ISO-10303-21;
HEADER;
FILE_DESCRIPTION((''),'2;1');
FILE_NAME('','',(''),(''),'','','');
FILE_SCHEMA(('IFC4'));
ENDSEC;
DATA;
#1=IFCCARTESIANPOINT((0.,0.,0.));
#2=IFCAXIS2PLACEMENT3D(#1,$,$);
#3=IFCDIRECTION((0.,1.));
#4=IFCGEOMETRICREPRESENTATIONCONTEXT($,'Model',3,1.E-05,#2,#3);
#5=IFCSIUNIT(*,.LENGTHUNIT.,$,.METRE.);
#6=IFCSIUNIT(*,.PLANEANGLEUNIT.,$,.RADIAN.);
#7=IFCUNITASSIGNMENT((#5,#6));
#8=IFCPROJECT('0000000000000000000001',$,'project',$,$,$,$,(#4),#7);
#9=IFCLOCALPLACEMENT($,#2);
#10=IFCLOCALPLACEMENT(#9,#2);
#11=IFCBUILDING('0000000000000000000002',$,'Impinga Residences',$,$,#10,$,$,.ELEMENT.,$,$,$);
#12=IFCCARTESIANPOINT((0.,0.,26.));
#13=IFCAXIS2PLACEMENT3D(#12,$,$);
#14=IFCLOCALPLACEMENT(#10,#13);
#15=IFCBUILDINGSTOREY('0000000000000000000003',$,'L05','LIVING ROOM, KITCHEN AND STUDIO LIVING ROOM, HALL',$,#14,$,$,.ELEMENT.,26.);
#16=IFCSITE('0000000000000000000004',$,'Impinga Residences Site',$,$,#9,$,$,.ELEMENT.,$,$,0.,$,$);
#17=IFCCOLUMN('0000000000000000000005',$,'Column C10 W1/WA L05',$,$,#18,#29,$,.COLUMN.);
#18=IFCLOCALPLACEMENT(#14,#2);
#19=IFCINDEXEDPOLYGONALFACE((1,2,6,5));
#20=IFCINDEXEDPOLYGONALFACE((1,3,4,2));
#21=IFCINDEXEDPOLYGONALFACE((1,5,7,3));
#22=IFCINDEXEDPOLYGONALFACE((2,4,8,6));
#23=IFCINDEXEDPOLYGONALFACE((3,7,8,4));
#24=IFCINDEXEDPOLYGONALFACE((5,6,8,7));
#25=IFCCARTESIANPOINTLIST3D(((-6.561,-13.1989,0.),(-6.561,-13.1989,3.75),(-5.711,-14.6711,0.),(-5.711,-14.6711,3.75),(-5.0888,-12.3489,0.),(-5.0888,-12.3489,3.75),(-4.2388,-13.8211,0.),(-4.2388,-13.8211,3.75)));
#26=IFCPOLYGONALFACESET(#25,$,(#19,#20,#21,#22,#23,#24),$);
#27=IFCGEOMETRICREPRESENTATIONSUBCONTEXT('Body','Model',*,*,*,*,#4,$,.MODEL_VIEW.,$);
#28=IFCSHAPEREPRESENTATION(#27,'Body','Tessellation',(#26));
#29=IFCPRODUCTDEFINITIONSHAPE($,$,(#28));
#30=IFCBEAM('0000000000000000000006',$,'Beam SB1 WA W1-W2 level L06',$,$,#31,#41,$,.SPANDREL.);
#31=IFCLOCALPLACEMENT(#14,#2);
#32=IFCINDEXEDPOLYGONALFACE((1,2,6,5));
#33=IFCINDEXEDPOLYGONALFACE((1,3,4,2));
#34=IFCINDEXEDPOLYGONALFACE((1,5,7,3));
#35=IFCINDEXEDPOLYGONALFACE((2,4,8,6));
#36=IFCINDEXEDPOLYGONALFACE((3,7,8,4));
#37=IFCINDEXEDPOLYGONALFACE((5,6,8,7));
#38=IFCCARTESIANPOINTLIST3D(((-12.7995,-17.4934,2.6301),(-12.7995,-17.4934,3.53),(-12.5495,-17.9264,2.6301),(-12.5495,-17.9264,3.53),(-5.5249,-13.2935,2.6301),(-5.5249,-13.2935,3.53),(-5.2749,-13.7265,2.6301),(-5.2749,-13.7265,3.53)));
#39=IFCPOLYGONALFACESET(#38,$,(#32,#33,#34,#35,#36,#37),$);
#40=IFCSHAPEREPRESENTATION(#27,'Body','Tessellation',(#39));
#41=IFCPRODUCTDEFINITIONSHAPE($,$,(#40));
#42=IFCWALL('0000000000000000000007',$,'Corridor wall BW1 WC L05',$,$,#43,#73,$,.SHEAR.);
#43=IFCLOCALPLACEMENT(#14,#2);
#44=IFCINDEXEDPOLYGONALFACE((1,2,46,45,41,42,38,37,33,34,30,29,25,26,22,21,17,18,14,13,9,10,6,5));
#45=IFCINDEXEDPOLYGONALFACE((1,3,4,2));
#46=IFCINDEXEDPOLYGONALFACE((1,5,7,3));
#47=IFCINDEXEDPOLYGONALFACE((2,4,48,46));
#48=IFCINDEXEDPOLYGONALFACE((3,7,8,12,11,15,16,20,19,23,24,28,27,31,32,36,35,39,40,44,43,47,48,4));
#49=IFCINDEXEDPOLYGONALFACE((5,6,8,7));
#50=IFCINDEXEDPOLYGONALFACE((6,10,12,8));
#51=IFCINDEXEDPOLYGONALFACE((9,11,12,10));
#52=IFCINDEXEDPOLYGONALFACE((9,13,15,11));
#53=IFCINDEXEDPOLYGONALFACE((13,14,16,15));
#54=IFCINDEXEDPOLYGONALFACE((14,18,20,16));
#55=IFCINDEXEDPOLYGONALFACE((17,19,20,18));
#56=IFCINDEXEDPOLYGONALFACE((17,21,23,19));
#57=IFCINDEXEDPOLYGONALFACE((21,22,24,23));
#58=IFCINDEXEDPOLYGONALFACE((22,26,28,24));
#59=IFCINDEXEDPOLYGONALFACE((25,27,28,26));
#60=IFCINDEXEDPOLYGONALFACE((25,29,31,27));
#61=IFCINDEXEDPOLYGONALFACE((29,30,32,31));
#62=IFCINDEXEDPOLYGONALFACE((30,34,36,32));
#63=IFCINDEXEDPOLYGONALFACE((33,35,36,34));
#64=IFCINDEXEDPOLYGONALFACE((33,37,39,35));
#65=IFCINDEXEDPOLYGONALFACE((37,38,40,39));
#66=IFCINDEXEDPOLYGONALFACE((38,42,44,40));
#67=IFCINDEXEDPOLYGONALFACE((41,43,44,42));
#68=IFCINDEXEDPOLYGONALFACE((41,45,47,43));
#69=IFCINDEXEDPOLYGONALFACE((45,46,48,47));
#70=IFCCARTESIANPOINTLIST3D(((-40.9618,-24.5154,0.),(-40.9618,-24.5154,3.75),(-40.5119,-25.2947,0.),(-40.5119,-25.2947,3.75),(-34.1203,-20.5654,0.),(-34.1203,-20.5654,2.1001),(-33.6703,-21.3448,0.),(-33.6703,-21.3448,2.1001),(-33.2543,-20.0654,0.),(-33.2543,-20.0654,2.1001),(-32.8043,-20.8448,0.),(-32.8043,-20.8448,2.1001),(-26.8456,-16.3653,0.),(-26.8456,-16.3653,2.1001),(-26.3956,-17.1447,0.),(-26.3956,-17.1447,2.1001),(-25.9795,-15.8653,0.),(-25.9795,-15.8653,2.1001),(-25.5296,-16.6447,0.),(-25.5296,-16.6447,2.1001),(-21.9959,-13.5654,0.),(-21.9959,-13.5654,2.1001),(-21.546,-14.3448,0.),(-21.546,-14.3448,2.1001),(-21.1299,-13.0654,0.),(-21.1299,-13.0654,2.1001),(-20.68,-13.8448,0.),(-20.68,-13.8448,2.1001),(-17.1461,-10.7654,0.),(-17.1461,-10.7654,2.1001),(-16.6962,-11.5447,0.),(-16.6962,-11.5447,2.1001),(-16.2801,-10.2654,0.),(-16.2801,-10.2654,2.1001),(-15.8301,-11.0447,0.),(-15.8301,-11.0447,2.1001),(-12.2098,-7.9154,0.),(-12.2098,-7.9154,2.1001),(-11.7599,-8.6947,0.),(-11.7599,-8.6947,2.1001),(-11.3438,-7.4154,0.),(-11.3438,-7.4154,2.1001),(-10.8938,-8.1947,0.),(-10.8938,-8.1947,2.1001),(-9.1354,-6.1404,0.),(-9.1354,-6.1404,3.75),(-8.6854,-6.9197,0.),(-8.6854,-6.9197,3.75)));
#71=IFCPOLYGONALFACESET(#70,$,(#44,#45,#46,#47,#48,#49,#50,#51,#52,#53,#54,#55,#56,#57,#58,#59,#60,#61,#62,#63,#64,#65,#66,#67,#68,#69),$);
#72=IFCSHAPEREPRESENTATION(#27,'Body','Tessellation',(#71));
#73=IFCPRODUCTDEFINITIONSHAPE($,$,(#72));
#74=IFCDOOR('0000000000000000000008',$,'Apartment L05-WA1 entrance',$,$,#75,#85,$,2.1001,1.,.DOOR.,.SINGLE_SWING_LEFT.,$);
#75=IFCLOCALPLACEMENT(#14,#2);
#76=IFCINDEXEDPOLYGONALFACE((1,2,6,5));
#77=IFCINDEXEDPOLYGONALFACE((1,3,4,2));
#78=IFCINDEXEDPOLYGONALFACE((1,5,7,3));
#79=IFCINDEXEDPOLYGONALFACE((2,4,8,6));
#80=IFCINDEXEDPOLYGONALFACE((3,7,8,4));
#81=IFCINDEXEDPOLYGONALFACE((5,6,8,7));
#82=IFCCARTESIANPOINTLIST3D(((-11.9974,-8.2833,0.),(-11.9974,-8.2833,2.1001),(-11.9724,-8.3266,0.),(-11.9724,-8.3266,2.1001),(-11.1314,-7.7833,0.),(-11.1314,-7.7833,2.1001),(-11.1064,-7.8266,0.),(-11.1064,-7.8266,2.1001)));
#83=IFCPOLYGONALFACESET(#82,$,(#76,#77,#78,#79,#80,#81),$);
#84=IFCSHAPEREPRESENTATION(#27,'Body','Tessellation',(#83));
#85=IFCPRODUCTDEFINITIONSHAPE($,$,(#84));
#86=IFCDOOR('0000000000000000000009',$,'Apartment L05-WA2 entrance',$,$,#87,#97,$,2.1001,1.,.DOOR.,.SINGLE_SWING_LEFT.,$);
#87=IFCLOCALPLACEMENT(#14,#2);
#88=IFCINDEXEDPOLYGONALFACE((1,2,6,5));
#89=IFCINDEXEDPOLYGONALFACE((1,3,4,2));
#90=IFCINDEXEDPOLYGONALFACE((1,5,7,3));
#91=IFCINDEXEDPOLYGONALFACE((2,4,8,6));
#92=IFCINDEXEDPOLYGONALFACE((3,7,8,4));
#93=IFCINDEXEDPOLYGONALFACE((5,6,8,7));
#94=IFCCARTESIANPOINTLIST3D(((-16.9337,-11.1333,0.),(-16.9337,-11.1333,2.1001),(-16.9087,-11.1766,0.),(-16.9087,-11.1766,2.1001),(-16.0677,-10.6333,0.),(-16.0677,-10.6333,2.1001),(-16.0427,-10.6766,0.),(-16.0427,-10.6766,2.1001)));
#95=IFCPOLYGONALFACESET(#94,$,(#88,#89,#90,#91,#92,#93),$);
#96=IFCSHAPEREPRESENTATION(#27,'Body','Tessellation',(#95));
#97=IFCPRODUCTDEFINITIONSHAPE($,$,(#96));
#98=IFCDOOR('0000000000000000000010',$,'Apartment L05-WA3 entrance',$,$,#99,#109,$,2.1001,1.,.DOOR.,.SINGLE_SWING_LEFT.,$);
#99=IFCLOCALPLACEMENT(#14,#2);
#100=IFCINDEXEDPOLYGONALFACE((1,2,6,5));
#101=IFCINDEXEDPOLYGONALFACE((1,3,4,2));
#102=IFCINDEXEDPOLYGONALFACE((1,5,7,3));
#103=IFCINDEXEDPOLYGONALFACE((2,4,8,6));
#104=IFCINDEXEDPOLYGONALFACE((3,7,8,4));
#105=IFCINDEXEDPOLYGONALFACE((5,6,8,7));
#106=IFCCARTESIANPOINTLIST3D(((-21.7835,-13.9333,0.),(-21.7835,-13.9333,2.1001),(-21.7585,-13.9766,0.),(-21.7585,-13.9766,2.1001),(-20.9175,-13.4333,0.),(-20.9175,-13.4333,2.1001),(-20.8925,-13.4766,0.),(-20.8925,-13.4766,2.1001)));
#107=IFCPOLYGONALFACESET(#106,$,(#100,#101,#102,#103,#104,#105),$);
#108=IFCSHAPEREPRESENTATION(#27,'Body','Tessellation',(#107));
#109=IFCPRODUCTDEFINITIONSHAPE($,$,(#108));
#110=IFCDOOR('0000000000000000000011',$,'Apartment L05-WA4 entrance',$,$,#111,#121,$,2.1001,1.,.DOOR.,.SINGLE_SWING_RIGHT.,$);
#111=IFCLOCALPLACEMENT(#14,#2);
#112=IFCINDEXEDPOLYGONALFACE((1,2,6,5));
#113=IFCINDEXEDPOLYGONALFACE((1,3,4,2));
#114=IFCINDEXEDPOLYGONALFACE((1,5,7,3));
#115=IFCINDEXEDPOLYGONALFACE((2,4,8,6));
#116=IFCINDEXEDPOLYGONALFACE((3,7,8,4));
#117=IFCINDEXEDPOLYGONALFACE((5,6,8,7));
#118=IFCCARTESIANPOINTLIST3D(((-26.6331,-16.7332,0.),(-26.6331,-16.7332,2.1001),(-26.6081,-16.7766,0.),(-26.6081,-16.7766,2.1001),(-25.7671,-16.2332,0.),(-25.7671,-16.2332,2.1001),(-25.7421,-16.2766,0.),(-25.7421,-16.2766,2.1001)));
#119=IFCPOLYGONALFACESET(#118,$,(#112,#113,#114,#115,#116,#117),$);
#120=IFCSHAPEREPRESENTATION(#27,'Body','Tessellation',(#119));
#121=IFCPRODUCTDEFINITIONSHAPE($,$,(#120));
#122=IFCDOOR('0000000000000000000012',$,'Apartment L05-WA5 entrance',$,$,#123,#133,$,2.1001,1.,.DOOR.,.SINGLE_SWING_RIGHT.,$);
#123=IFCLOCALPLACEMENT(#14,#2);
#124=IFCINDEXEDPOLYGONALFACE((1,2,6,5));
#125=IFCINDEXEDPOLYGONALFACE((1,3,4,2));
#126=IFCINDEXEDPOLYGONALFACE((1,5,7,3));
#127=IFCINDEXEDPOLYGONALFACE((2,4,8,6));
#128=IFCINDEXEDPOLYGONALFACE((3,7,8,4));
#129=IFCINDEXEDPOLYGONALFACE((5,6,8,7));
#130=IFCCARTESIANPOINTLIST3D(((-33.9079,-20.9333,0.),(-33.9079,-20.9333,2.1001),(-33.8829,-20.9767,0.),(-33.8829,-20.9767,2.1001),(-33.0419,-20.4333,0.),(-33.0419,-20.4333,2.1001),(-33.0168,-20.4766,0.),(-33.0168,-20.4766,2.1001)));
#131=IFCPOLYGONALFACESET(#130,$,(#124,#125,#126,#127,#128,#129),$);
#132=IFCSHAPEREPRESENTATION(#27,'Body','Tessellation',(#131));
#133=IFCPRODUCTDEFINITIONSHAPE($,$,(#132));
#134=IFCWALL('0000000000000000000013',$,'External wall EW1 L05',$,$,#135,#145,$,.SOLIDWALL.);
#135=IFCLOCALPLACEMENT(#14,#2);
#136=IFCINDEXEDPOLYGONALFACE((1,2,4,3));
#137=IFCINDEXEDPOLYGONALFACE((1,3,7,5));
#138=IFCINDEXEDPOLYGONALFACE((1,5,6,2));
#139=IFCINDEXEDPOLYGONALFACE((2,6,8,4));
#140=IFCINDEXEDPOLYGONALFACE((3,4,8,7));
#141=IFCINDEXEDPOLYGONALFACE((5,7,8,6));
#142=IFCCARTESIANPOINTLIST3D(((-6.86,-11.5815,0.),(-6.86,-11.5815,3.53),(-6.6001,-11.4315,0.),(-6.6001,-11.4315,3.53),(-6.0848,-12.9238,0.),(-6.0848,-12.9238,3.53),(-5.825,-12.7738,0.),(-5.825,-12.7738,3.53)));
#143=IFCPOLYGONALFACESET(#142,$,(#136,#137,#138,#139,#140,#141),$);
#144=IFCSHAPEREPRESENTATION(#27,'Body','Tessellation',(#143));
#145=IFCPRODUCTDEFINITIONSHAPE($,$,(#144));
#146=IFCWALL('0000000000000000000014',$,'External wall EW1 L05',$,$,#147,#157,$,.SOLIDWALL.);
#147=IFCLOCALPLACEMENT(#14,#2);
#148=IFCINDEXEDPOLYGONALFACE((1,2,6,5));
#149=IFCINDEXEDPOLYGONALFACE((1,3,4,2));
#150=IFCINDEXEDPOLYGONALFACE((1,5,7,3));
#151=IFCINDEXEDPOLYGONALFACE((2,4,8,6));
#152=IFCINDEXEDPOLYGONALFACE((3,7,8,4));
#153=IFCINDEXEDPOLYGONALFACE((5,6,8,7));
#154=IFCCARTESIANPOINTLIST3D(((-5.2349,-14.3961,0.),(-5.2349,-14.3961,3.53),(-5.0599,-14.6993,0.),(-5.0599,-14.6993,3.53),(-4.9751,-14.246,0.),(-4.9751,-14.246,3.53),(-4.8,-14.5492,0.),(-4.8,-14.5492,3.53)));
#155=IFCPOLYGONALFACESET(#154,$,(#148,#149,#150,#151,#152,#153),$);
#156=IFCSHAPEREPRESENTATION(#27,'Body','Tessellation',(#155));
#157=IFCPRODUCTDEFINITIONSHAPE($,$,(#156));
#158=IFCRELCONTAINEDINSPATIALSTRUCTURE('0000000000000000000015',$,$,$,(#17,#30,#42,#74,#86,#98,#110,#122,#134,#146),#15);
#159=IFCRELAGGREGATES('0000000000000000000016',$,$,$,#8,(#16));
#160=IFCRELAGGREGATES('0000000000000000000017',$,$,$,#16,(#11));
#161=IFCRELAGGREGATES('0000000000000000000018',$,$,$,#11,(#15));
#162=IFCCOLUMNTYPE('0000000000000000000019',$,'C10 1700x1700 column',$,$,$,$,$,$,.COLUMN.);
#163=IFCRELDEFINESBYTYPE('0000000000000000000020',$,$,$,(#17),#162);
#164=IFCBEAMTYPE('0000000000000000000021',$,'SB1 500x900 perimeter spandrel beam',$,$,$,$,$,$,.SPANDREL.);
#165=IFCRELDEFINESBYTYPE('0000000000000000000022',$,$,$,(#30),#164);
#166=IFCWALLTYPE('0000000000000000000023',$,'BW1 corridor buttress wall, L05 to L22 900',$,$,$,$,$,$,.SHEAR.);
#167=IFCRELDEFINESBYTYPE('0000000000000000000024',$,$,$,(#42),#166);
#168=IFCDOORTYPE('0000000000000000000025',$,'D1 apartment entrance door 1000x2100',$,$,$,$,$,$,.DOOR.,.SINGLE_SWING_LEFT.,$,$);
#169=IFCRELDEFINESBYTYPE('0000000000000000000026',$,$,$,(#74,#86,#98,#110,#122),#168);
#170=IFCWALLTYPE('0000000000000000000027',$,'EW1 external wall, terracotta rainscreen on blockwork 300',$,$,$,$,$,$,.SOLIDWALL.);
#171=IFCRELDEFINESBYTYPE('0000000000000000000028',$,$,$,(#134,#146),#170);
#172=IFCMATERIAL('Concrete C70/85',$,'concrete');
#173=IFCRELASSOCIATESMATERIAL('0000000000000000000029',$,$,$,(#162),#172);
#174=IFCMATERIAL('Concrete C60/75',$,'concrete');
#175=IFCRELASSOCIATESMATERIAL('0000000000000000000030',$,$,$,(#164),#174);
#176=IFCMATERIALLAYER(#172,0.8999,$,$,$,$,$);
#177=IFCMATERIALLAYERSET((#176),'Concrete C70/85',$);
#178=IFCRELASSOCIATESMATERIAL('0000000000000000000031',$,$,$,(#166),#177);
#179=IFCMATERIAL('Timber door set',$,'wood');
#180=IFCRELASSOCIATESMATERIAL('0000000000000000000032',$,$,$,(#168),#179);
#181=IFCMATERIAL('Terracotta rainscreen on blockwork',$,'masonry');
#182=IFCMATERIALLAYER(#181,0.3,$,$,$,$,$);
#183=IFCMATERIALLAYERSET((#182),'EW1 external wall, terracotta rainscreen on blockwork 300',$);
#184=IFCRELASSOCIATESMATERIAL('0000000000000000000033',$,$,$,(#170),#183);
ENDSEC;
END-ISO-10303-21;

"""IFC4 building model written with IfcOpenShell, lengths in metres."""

from ifc_helpers import new_model, si_unit, direction, frame, frame_2d, origin, origin_2d, place, context, subcontext, project, spatial, rectangle, extrude, material, layer, layer_set, material_profile, profile_set, type_object, element, fill, save


model = new_model("IFC4")

# Units and contexts
model_context = context("Model", 3, precision=1e-05, world=origin(), true_north=direction((0.0, 1.0)))
body_context = subcontext(model_context, "Body", "Model", "MODEL_VIEW")
ifc_project = project(units=[si_unit("LENGTHUNIT", "METRE"), si_unit("PLANEANGLEUNIT", "RADIAN")], contexts=[model_context])

# Site, building, storey
site_placement = place(None, origin())
site = spatial("IfcSite", under=ifc_project, at=site_placement, Name="Impinga Residences Site", CompositionType="ELEMENT", RefElevation=0.0)
building_placement = place(site_placement, origin())
building = spatial("IfcBuilding", under=site, at=building_placement, Name="Impinga Residences", CompositionType="ELEMENT")
storey_placement = place(building_placement, frame((0.0, 0.0, 26.0)))
storey = spatial("IfcBuildingStorey", under=building, at=storey_placement, Name="L05", Description="LIVING ROOM, KITCHEN AND STUDIO LIVING ROOM, HALL", CompositionType="ELEMENT", Elevation=26.0)

# Column
ifc_material_1 = material(Name="Concrete C70/85", Category="concrete")
ifc_material_profile_1 = material_profile(ifc_material_1, rectangle(XDim=1.7, YDim=1.7, at=origin_2d()), Name="RC 1700x1700")
ifc_profile_set_1 = profile_set([ifc_material_profile_1], Name="Concrete C70/85")
column_type = type_object("IfcColumnType", Name="C10 1700x1700 column", PredefinedType="COLUMN", material=ifc_profile_set_1)
column_placement = place(storey_placement, frame((-5.3999, -13.51, 0.0), z_axis=(0.0, 0.0, 1.0), x_axis=(-0.5, 0.866025, 0.0)))
element("IfcColumn", 1, at=column_placement, inside=storey, type_object=column_type, Name="Column C10 W1/WA L05", PredefinedType="COLUMN", context=body_context, shape_type="SweptSolid", body=[
    extrude(rectangle(XDim=1.7, YDim=1.7, at=origin_2d()), origin(), (0.0, 0.0, 1.0), 3.75),
])

# Beam
ifc_material_2 = material(Name="Concrete C60/75", Category="concrete")
ifc_material_profile_2 = material_profile(ifc_material_2, rectangle(XDim=0.5, YDim=0.8999, at=origin_2d()), Name="RC 500x900")
ifc_profile_set_2 = profile_set([ifc_material_profile_2], Name="Concrete C60/75")
beam_type = type_object("IfcBeamType", Name="SB1 500x900 perimeter spandrel beam", PredefinedType="SPANDREL", material=ifc_profile_set_2)
beam_placement = place(storey_placement, frame((-5.3999, -13.51, 3.0801), z_axis=(-0.866029, -0.499993, 0.0), x_axis=(0.499993, -0.866029, 0.0)))
element("IfcBeam", 2, at=beam_placement, inside=storey, type_object=beam_type, Name="Beam SB1 WA W1-W2 level L06", PredefinedType="SPANDREL", context=body_context, shape_type="SweptSolid", body=[
    extrude(rectangle(XDim=0.5, YDim=0.8999, at=origin_2d()), origin(), (0.0, 0.0, 1.0), 8.3999),
])

# Wall, openings, doors
ifc_layer_1 = layer(ifc_material_1, 0.8999)
ifc_layer_set_1 = layer_set([ifc_layer_1], Name="Concrete C70/85")
wall_type_1 = type_object("IfcWallType", Name="BW1 corridor buttress wall, L05 to L22 900", PredefinedType="SHEAR", material=ifc_layer_set_1)
wall_1_placement = place(storey_placement, frame((-8.9104, -6.53, 0.0), z_axis=(0.0, 0.0, 1.0), x_axis=(-0.866025, -0.5, 0.0)))
wall_1 = element("IfcWall", 3, at=wall_1_placement, inside=storey, type_object=wall_type_1, Name="Corridor wall BW1 WC L05", PredefinedType="SHEAR", context=body_context, shape_type="SweptSolid", body=[
    extrude(rectangle(XDim=36.75, YDim=0.8999, at=frame_2d((18.375, 0.0))), origin(), (0.0, 0.0, 1.0), 3.75),
])
opening_1_placement = place(wall_1_placement, frame((2.55, 0.0, 0.0)))
opening_1 = element("IfcOpeningElement", 4, at=opening_1_placement, cuts=wall_1, PredefinedType="OPENING", context=body_context, shape_type="SweptSolid", body=[
    extrude(rectangle(XDim=1.0, YDim=2.1001, at=frame_2d((0.5, 1.05))), frame((0.0, 0.46, 0.0), z_axis=(0.0, -1.0, 0.0), x_axis=(1.0, 0.0, 0.0)), (0.0, 0.0, 1.0), 0.9199),
])
opening_2_placement = place(wall_1_placement, frame((8.25, 0.0, 0.0)))
opening_2 = element("IfcOpeningElement", 5, at=opening_2_placement, cuts=wall_1, PredefinedType="OPENING", context=body_context, shape_type="SweptSolid", body=[
    extrude(rectangle(XDim=1.0, YDim=2.1001, at=frame_2d((0.5, 1.05))), frame((0.0, 0.46, 0.0), z_axis=(0.0, -1.0, 0.0), x_axis=(1.0, 0.0, 0.0)), (0.0, 0.0, 1.0), 0.9199),
])
opening_3_placement = place(wall_1_placement, frame((13.8501, 0.0, 0.0)))
opening_3 = element("IfcOpeningElement", 6, at=opening_3_placement, cuts=wall_1, PredefinedType="OPENING", context=body_context, shape_type="SweptSolid", body=[
    extrude(rectangle(XDim=1.0, YDim=2.1001, at=frame_2d((0.5, 1.05))), frame((0.0, 0.46, 0.0), z_axis=(0.0, -1.0, 0.0), x_axis=(1.0, 0.0, 0.0)), (0.0, 0.0, 1.0), 0.9199),
])
opening_4_placement = place(wall_1_placement, frame((19.45, 0.0, 0.0)))
opening_4 = element("IfcOpeningElement", 7, at=opening_4_placement, cuts=wall_1, PredefinedType="OPENING", context=body_context, shape_type="SweptSolid", body=[
    extrude(rectangle(XDim=1.0, YDim=2.1001, at=frame_2d((0.5, 1.05))), frame((0.0, 0.46, 0.0), z_axis=(0.0, -1.0, 0.0), x_axis=(1.0, 0.0, 0.0)), (0.0, 0.0, 1.0), 0.9199),
])
opening_5_placement = place(wall_1_placement, frame((27.8501, 0.0, 0.0)))
opening_5 = element("IfcOpeningElement", 8, at=opening_5_placement, cuts=wall_1, PredefinedType="OPENING", context=body_context, shape_type="SweptSolid", body=[
    extrude(rectangle(XDim=1.0, YDim=2.1001, at=frame_2d((0.5, 1.05))), frame((0.0, 0.46, 0.0), z_axis=(0.0, -1.0, 0.0), x_axis=(1.0, 0.0, 0.0)), (0.0, 0.0, 1.0), 0.9199),
])
ifc_material_3 = material(Name="Timber door set", Category="wood")
door_type_1 = type_object("IfcDoorType", Name="D1 apartment entrance door 1000x2100", OperationType="SINGLE_SWING_LEFT", PredefinedType="DOOR", material=ifc_material_3)
door_1_placement = place(opening_1_placement, origin())
door_1 = element("IfcDoor", 9, at=door_1_placement, inside=storey, type_object=door_type_1, Name="Apartment L05-WA1 entrance", OperationType="SINGLE_SWING_LEFT", OverallHeight=2.1001, OverallWidth=1.0, PredefinedType="DOOR", context=body_context, shape_type="SweptSolid", body=[
    extrude(rectangle(XDim=1.0, YDim=2.1001, at=frame_2d((0.5, 1.05))), frame((0.0, 0.0249, 0.0), z_axis=(0.0, -1.0, 0.0), x_axis=(1.0, 0.0, 0.0)), (0.0, 0.0, 1.0), 0.05),
])
fill(opening_1, door_1)
door_2_placement = place(opening_2_placement, origin())
door_2 = element("IfcDoor", 10, at=door_2_placement, inside=storey, type_object=door_type_1, Name="Apartment L05-WA2 entrance", OperationType="SINGLE_SWING_LEFT", OverallHeight=2.1001, OverallWidth=1.0, PredefinedType="DOOR", context=body_context, shape_type="SweptSolid", body=[
    extrude(rectangle(XDim=1.0, YDim=2.1001, at=frame_2d((0.5, 1.05))), frame((0.0, 0.0249, 0.0), z_axis=(0.0, -1.0, 0.0), x_axis=(1.0, 0.0, 0.0)), (0.0, 0.0, 1.0), 0.05),
])
fill(opening_2, door_2)
door_3_placement = place(opening_3_placement, origin())
door_3 = element("IfcDoor", 11, at=door_3_placement, inside=storey, type_object=door_type_1, Name="Apartment L05-WA3 entrance", OperationType="SINGLE_SWING_LEFT", OverallHeight=2.1001, OverallWidth=1.0, PredefinedType="DOOR", context=body_context, shape_type="SweptSolid", body=[
    extrude(rectangle(XDim=1.0, YDim=2.1001, at=frame_2d((0.5, 1.05))), frame((0.0, 0.0249, 0.0), z_axis=(0.0, -1.0, 0.0), x_axis=(1.0, 0.0, 0.0)), (0.0, 0.0, 1.0), 0.05),
])
fill(opening_3, door_3)
door_4_placement = place(opening_4_placement, origin())
door_4 = element("IfcDoor", 12, at=door_4_placement, inside=storey, type_object=door_type_1, Name="Apartment L05-WA4 entrance", OperationType="SINGLE_SWING_RIGHT", OverallHeight=2.1001, OverallWidth=1.0, PredefinedType="DOOR", context=body_context, shape_type="SweptSolid", body=[
    extrude(rectangle(XDim=1.0, YDim=2.1001, at=frame_2d((0.5, 1.05))), frame((0.0, 0.0249, 0.0), z_axis=(0.0, -1.0, 0.0), x_axis=(1.0, 0.0, 0.0)), (0.0, 0.0, 1.0), 0.05),
])
fill(opening_4, door_4)
door_5_placement = place(opening_5_placement, origin())
door_5 = element("IfcDoor", 13, at=door_5_placement, inside=storey, type_object=door_type_1, Name="Apartment L05-WA5 entrance", OperationType="SINGLE_SWING_RIGHT", OverallHeight=2.1001, OverallWidth=1.0, PredefinedType="DOOR", context=body_context, shape_type="SweptSolid", body=[
    extrude(rectangle(XDim=1.0, YDim=2.1001, at=frame_2d((0.5, 1.05))), frame((0.0, 0.0249, 0.0), z_axis=(0.0, -1.0, 0.0), x_axis=(1.0, 0.0, 0.0)), (0.0, 0.0, 1.0), 0.05),
])
fill(opening_5, door_5)

# Walls
ifc_material_4 = material(Name="Terracotta rainscreen on blockwork", Category="masonry")
ifc_layer_2 = layer(ifc_material_4, 0.3)
ifc_layer_set_2 = layer_set([ifc_layer_2], Name="EW1 external wall, terracotta rainscreen on blockwork 300")
wall_type_2 = type_object("IfcWallType", Name="EW1 external wall, terracotta rainscreen on blockwork 300", PredefinedType="SOLIDWALL", material=ifc_layer_set_2)
wall_2_placement = place(storey_placement, frame((-6.73, -11.5066, 0.0), z_axis=(0.0, 0.0, 1.0), x_axis=(0.500086, -0.865976, 0.0)))
element("IfcWall", 14, at=wall_2_placement, inside=storey, type_object=wall_type_2, Name="External wall EW1 L05", PredefinedType="SOLIDWALL", context=body_context, shape_type="SweptSolid", body=[
    extrude(rectangle(XDim=1.55, YDim=0.3, at=frame_2d((0.7749, 0.0))), origin(), (0.0, 0.0, 1.0), 3.53),
])
wall_3_placement = place(storey_placement, frame((-5.105, -14.321, 0.0), z_axis=(0.0, 0.0, 1.0), x_axis=(0.499964, -0.866046, 0.0)))
element("IfcWall", 15, at=wall_3_placement, inside=storey, type_object=wall_type_2, Name="External wall EW1 L05", PredefinedType="SOLIDWALL", context=body_context, shape_type="SweptSolid", body=[
    extrude(rectangle(XDim=0.3501, YDim=0.3, at=frame_2d((0.175, 0.0))), origin(), (0.0, 0.0, 1.0), 3.53),
])

save(model, "model.ifc")
